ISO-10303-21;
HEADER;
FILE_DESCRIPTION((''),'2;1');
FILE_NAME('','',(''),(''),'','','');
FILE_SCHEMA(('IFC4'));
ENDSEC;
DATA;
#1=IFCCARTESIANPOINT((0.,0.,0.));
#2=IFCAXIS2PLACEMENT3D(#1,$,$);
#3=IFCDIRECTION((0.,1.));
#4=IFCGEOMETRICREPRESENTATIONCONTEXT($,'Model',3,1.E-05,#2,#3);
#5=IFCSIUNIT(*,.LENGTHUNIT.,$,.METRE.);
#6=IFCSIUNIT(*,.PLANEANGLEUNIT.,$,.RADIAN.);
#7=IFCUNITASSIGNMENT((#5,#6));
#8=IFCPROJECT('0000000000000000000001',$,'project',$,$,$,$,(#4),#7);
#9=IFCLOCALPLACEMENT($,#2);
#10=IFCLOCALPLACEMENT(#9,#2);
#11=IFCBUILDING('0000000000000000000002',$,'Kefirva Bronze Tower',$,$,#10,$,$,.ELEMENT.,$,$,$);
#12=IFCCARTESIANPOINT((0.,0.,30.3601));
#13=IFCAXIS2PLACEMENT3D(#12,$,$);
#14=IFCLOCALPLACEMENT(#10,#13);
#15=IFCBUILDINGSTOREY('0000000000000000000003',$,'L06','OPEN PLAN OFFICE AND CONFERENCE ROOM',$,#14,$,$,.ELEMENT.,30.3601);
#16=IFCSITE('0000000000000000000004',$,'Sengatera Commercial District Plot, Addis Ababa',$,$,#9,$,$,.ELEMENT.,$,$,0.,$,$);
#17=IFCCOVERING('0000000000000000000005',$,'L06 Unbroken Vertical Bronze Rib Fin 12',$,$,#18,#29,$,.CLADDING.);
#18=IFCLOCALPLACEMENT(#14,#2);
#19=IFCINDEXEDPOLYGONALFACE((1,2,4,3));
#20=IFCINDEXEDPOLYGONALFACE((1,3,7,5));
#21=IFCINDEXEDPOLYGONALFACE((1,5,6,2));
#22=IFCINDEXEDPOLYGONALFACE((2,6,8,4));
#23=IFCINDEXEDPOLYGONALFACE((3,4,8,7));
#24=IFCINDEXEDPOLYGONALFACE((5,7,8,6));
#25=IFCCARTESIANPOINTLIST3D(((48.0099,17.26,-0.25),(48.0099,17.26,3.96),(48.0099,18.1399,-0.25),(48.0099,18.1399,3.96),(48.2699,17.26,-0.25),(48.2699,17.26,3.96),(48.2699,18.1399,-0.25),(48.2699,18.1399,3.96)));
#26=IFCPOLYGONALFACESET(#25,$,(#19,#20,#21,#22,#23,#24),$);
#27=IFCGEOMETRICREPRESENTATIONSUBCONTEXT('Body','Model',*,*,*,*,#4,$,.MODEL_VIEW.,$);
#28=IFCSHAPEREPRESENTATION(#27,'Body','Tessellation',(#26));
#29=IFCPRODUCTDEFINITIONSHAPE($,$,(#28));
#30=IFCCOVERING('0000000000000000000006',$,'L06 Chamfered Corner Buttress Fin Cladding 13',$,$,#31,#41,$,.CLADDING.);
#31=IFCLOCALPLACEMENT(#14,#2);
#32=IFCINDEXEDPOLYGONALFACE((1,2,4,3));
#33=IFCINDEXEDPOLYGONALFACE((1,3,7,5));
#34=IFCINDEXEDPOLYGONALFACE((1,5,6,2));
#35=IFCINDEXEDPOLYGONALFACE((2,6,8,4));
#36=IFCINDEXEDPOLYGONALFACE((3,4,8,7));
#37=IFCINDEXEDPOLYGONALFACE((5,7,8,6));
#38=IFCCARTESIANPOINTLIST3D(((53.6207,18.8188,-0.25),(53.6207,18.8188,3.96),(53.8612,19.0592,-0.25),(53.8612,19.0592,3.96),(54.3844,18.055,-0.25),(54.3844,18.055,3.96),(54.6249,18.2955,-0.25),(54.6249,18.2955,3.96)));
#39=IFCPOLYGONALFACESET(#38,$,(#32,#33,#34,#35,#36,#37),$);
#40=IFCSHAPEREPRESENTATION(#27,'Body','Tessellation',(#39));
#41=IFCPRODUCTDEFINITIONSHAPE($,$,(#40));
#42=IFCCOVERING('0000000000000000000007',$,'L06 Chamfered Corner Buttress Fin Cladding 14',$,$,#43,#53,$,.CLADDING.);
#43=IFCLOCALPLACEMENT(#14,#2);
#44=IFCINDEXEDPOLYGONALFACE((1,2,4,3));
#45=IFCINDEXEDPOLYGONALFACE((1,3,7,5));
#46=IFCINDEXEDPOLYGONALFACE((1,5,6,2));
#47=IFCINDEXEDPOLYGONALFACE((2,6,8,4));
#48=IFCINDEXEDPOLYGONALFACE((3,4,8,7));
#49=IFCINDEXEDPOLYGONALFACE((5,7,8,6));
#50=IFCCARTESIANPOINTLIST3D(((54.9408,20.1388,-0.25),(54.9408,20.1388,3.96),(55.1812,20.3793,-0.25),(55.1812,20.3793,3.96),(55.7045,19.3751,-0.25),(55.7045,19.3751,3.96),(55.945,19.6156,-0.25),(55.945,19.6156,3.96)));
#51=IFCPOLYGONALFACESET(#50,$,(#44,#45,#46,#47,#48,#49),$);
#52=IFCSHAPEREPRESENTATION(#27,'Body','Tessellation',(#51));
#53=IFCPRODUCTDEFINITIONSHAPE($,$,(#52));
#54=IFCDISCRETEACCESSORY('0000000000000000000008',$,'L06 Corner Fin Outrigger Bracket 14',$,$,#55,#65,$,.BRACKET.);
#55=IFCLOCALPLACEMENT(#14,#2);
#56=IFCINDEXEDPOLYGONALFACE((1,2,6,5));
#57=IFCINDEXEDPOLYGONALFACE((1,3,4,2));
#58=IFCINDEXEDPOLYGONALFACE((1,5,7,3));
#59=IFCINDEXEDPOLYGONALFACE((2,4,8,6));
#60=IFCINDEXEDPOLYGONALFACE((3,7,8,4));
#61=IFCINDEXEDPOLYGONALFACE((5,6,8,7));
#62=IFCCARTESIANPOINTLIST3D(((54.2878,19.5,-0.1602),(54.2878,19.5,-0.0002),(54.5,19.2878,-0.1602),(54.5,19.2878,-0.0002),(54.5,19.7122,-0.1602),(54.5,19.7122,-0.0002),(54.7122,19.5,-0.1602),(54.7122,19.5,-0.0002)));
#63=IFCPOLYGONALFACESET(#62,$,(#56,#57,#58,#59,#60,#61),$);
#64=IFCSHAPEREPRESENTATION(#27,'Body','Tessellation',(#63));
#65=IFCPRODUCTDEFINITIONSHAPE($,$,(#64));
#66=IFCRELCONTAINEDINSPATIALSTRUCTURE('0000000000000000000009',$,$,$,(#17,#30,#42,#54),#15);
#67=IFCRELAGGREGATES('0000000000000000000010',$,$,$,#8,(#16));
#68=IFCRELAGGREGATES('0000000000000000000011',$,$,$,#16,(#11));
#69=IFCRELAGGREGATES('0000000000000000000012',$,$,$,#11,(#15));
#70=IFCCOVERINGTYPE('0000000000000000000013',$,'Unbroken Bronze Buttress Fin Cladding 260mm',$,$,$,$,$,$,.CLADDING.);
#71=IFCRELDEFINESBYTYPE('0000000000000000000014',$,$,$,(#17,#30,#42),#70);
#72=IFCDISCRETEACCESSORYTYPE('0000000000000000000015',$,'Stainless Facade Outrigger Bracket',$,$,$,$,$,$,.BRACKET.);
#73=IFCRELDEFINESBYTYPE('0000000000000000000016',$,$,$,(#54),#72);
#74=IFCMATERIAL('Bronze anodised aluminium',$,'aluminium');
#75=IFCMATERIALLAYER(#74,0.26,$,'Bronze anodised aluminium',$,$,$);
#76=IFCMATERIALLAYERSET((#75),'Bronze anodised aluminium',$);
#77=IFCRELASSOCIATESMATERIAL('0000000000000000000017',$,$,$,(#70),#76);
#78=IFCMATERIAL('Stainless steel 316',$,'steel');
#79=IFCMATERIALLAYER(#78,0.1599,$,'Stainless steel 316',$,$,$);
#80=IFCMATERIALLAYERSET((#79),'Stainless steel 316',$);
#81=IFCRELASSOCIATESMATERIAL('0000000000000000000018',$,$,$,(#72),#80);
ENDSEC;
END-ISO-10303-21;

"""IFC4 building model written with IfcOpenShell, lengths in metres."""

from ifc_helpers import new_model, si_unit, direction, frame, origin, origin_2d, place, context, subcontext, project, spatial, rectangle, extrude, material, layer, layer_set, type_object, element, save


model = new_model("IFC4")

# Units and contexts
model_context = context("Model", 3, precision=1e-05, world=origin(), true_north=direction((0.0, 1.0)))
body_context = subcontext(model_context, "Body", "Model", "MODEL_VIEW")
ifc_project = project(units=[si_unit("LENGTHUNIT", "METRE"), si_unit("PLANEANGLEUNIT", "RADIAN")], contexts=[model_context])

# Site, building, storey
site_placement = place(None, origin())
site = spatial("IfcSite", under=ifc_project, at=site_placement, Name="Sengatera Commercial District Plot, Addis Ababa", CompositionType="ELEMENT", RefElevation=0.0)
building_placement = place(site_placement, origin())
building = spatial("IfcBuilding", under=site, at=building_placement, Name="Kefirva Bronze Tower", CompositionType="ELEMENT")
storey_placement = place(building_placement, frame((0.0, 0.0, 30.3601)))
storey = spatial("IfcBuildingStorey", under=building, at=storey_placement, Name="L06", Description="OPEN PLAN OFFICE AND CONFERENCE ROOM", CompositionType="ELEMENT", Elevation=30.3601)

# Shared definitions
ifc_material_1 = material(Name="Bronze anodised aluminium", Category="aluminium")

# Coverings
ifc_layer_1 = layer(ifc_material_1, 0.26, Name="Bronze anodised aluminium")
ifc_layer_set_1 = layer_set([ifc_layer_1], Name="Bronze anodised aluminium")
covering_type_1 = type_object("IfcCoveringType", Name="Unbroken Bronze Buttress Fin Cladding 260mm", PredefinedType="CLADDING", material=ifc_layer_set_1)
for number, where, z_axis, x_axis, name in (
    (1, (48.1399, 17.7, -0.25), (0.0, 0.0, 1.0), (1.0, 0.0, 0.0), "L06 Unbroken Vertical Bronze Rib Fin 12"),
):
    element("IfcCovering", number, at=place(storey_placement, frame(where, z_axis=z_axis, x_axis=x_axis)), inside=storey, type_object=covering_type_1, Name=name, PredefinedType="CLADDING", context=body_context, shape_type="SweptSolid", body=[
        extrude(rectangle(XDim=0.26, YDim=0.8799, at=origin_2d()), origin(), (0.0, 0.0, 1.0), 4.21),
    ])
for number, where, z_axis, x_axis, name in (
    (2, (54.1228, 18.5571, -0.25), (0.0, 0.0, 1.0), (0.707107, 0.707107, 0.0), "L06 Chamfered Corner Buttress Fin Cladding 13"),
    (3, (55.4429, 19.8772, -0.25), (0.0, 0.0, 1.0), (0.707107, 0.707107, 0.0), "L06 Chamfered Corner Buttress Fin Cladding 14"),
):
    element("IfcCovering", number, at=place(storey_placement, frame(where, z_axis=z_axis, x_axis=x_axis)), inside=storey, type_object=covering_type_1, Name=name, PredefinedType="CLADDING", context=body_context, shape_type="SweptSolid", body=[
        extrude(rectangle(XDim=0.3401, YDim=1.0801, at=origin_2d()), origin(), (0.0, 0.0, 1.0), 4.21),
    ])

# Discrete accessory
ifc_material_2 = material(Name="Stainless steel 316", Category="steel")
ifc_layer_2 = layer(ifc_material_2, 0.1599, Name="Stainless steel 316")
ifc_layer_set_2 = layer_set([ifc_layer_2], Name="Stainless steel 316")
discrete_accessory_type = type_object("IfcDiscreteAccessoryType", Name="Stainless Facade Outrigger Bracket", PredefinedType="BRACKET", material=ifc_layer_set_2)
discrete_accessory_placement = place(storey_placement, frame((54.5, 19.5, -0.1602), z_axis=(0.0, 0.0, 1.0), x_axis=(0.707107, 0.707107, 0.0)))
element("IfcDiscreteAccessory", 4, at=discrete_accessory_placement, inside=storey, type_object=discrete_accessory_type, Name="L06 Corner Fin Outrigger Bracket 14", PredefinedType="BRACKET", context=body_context, shape_type="SweptSolid", body=[
    extrude(rectangle(XDim=0.3, YDim=0.3, at=origin_2d()), origin(), (0.0, 0.0, 1.0), 0.1599),
])

save(model, "model.ifc")
